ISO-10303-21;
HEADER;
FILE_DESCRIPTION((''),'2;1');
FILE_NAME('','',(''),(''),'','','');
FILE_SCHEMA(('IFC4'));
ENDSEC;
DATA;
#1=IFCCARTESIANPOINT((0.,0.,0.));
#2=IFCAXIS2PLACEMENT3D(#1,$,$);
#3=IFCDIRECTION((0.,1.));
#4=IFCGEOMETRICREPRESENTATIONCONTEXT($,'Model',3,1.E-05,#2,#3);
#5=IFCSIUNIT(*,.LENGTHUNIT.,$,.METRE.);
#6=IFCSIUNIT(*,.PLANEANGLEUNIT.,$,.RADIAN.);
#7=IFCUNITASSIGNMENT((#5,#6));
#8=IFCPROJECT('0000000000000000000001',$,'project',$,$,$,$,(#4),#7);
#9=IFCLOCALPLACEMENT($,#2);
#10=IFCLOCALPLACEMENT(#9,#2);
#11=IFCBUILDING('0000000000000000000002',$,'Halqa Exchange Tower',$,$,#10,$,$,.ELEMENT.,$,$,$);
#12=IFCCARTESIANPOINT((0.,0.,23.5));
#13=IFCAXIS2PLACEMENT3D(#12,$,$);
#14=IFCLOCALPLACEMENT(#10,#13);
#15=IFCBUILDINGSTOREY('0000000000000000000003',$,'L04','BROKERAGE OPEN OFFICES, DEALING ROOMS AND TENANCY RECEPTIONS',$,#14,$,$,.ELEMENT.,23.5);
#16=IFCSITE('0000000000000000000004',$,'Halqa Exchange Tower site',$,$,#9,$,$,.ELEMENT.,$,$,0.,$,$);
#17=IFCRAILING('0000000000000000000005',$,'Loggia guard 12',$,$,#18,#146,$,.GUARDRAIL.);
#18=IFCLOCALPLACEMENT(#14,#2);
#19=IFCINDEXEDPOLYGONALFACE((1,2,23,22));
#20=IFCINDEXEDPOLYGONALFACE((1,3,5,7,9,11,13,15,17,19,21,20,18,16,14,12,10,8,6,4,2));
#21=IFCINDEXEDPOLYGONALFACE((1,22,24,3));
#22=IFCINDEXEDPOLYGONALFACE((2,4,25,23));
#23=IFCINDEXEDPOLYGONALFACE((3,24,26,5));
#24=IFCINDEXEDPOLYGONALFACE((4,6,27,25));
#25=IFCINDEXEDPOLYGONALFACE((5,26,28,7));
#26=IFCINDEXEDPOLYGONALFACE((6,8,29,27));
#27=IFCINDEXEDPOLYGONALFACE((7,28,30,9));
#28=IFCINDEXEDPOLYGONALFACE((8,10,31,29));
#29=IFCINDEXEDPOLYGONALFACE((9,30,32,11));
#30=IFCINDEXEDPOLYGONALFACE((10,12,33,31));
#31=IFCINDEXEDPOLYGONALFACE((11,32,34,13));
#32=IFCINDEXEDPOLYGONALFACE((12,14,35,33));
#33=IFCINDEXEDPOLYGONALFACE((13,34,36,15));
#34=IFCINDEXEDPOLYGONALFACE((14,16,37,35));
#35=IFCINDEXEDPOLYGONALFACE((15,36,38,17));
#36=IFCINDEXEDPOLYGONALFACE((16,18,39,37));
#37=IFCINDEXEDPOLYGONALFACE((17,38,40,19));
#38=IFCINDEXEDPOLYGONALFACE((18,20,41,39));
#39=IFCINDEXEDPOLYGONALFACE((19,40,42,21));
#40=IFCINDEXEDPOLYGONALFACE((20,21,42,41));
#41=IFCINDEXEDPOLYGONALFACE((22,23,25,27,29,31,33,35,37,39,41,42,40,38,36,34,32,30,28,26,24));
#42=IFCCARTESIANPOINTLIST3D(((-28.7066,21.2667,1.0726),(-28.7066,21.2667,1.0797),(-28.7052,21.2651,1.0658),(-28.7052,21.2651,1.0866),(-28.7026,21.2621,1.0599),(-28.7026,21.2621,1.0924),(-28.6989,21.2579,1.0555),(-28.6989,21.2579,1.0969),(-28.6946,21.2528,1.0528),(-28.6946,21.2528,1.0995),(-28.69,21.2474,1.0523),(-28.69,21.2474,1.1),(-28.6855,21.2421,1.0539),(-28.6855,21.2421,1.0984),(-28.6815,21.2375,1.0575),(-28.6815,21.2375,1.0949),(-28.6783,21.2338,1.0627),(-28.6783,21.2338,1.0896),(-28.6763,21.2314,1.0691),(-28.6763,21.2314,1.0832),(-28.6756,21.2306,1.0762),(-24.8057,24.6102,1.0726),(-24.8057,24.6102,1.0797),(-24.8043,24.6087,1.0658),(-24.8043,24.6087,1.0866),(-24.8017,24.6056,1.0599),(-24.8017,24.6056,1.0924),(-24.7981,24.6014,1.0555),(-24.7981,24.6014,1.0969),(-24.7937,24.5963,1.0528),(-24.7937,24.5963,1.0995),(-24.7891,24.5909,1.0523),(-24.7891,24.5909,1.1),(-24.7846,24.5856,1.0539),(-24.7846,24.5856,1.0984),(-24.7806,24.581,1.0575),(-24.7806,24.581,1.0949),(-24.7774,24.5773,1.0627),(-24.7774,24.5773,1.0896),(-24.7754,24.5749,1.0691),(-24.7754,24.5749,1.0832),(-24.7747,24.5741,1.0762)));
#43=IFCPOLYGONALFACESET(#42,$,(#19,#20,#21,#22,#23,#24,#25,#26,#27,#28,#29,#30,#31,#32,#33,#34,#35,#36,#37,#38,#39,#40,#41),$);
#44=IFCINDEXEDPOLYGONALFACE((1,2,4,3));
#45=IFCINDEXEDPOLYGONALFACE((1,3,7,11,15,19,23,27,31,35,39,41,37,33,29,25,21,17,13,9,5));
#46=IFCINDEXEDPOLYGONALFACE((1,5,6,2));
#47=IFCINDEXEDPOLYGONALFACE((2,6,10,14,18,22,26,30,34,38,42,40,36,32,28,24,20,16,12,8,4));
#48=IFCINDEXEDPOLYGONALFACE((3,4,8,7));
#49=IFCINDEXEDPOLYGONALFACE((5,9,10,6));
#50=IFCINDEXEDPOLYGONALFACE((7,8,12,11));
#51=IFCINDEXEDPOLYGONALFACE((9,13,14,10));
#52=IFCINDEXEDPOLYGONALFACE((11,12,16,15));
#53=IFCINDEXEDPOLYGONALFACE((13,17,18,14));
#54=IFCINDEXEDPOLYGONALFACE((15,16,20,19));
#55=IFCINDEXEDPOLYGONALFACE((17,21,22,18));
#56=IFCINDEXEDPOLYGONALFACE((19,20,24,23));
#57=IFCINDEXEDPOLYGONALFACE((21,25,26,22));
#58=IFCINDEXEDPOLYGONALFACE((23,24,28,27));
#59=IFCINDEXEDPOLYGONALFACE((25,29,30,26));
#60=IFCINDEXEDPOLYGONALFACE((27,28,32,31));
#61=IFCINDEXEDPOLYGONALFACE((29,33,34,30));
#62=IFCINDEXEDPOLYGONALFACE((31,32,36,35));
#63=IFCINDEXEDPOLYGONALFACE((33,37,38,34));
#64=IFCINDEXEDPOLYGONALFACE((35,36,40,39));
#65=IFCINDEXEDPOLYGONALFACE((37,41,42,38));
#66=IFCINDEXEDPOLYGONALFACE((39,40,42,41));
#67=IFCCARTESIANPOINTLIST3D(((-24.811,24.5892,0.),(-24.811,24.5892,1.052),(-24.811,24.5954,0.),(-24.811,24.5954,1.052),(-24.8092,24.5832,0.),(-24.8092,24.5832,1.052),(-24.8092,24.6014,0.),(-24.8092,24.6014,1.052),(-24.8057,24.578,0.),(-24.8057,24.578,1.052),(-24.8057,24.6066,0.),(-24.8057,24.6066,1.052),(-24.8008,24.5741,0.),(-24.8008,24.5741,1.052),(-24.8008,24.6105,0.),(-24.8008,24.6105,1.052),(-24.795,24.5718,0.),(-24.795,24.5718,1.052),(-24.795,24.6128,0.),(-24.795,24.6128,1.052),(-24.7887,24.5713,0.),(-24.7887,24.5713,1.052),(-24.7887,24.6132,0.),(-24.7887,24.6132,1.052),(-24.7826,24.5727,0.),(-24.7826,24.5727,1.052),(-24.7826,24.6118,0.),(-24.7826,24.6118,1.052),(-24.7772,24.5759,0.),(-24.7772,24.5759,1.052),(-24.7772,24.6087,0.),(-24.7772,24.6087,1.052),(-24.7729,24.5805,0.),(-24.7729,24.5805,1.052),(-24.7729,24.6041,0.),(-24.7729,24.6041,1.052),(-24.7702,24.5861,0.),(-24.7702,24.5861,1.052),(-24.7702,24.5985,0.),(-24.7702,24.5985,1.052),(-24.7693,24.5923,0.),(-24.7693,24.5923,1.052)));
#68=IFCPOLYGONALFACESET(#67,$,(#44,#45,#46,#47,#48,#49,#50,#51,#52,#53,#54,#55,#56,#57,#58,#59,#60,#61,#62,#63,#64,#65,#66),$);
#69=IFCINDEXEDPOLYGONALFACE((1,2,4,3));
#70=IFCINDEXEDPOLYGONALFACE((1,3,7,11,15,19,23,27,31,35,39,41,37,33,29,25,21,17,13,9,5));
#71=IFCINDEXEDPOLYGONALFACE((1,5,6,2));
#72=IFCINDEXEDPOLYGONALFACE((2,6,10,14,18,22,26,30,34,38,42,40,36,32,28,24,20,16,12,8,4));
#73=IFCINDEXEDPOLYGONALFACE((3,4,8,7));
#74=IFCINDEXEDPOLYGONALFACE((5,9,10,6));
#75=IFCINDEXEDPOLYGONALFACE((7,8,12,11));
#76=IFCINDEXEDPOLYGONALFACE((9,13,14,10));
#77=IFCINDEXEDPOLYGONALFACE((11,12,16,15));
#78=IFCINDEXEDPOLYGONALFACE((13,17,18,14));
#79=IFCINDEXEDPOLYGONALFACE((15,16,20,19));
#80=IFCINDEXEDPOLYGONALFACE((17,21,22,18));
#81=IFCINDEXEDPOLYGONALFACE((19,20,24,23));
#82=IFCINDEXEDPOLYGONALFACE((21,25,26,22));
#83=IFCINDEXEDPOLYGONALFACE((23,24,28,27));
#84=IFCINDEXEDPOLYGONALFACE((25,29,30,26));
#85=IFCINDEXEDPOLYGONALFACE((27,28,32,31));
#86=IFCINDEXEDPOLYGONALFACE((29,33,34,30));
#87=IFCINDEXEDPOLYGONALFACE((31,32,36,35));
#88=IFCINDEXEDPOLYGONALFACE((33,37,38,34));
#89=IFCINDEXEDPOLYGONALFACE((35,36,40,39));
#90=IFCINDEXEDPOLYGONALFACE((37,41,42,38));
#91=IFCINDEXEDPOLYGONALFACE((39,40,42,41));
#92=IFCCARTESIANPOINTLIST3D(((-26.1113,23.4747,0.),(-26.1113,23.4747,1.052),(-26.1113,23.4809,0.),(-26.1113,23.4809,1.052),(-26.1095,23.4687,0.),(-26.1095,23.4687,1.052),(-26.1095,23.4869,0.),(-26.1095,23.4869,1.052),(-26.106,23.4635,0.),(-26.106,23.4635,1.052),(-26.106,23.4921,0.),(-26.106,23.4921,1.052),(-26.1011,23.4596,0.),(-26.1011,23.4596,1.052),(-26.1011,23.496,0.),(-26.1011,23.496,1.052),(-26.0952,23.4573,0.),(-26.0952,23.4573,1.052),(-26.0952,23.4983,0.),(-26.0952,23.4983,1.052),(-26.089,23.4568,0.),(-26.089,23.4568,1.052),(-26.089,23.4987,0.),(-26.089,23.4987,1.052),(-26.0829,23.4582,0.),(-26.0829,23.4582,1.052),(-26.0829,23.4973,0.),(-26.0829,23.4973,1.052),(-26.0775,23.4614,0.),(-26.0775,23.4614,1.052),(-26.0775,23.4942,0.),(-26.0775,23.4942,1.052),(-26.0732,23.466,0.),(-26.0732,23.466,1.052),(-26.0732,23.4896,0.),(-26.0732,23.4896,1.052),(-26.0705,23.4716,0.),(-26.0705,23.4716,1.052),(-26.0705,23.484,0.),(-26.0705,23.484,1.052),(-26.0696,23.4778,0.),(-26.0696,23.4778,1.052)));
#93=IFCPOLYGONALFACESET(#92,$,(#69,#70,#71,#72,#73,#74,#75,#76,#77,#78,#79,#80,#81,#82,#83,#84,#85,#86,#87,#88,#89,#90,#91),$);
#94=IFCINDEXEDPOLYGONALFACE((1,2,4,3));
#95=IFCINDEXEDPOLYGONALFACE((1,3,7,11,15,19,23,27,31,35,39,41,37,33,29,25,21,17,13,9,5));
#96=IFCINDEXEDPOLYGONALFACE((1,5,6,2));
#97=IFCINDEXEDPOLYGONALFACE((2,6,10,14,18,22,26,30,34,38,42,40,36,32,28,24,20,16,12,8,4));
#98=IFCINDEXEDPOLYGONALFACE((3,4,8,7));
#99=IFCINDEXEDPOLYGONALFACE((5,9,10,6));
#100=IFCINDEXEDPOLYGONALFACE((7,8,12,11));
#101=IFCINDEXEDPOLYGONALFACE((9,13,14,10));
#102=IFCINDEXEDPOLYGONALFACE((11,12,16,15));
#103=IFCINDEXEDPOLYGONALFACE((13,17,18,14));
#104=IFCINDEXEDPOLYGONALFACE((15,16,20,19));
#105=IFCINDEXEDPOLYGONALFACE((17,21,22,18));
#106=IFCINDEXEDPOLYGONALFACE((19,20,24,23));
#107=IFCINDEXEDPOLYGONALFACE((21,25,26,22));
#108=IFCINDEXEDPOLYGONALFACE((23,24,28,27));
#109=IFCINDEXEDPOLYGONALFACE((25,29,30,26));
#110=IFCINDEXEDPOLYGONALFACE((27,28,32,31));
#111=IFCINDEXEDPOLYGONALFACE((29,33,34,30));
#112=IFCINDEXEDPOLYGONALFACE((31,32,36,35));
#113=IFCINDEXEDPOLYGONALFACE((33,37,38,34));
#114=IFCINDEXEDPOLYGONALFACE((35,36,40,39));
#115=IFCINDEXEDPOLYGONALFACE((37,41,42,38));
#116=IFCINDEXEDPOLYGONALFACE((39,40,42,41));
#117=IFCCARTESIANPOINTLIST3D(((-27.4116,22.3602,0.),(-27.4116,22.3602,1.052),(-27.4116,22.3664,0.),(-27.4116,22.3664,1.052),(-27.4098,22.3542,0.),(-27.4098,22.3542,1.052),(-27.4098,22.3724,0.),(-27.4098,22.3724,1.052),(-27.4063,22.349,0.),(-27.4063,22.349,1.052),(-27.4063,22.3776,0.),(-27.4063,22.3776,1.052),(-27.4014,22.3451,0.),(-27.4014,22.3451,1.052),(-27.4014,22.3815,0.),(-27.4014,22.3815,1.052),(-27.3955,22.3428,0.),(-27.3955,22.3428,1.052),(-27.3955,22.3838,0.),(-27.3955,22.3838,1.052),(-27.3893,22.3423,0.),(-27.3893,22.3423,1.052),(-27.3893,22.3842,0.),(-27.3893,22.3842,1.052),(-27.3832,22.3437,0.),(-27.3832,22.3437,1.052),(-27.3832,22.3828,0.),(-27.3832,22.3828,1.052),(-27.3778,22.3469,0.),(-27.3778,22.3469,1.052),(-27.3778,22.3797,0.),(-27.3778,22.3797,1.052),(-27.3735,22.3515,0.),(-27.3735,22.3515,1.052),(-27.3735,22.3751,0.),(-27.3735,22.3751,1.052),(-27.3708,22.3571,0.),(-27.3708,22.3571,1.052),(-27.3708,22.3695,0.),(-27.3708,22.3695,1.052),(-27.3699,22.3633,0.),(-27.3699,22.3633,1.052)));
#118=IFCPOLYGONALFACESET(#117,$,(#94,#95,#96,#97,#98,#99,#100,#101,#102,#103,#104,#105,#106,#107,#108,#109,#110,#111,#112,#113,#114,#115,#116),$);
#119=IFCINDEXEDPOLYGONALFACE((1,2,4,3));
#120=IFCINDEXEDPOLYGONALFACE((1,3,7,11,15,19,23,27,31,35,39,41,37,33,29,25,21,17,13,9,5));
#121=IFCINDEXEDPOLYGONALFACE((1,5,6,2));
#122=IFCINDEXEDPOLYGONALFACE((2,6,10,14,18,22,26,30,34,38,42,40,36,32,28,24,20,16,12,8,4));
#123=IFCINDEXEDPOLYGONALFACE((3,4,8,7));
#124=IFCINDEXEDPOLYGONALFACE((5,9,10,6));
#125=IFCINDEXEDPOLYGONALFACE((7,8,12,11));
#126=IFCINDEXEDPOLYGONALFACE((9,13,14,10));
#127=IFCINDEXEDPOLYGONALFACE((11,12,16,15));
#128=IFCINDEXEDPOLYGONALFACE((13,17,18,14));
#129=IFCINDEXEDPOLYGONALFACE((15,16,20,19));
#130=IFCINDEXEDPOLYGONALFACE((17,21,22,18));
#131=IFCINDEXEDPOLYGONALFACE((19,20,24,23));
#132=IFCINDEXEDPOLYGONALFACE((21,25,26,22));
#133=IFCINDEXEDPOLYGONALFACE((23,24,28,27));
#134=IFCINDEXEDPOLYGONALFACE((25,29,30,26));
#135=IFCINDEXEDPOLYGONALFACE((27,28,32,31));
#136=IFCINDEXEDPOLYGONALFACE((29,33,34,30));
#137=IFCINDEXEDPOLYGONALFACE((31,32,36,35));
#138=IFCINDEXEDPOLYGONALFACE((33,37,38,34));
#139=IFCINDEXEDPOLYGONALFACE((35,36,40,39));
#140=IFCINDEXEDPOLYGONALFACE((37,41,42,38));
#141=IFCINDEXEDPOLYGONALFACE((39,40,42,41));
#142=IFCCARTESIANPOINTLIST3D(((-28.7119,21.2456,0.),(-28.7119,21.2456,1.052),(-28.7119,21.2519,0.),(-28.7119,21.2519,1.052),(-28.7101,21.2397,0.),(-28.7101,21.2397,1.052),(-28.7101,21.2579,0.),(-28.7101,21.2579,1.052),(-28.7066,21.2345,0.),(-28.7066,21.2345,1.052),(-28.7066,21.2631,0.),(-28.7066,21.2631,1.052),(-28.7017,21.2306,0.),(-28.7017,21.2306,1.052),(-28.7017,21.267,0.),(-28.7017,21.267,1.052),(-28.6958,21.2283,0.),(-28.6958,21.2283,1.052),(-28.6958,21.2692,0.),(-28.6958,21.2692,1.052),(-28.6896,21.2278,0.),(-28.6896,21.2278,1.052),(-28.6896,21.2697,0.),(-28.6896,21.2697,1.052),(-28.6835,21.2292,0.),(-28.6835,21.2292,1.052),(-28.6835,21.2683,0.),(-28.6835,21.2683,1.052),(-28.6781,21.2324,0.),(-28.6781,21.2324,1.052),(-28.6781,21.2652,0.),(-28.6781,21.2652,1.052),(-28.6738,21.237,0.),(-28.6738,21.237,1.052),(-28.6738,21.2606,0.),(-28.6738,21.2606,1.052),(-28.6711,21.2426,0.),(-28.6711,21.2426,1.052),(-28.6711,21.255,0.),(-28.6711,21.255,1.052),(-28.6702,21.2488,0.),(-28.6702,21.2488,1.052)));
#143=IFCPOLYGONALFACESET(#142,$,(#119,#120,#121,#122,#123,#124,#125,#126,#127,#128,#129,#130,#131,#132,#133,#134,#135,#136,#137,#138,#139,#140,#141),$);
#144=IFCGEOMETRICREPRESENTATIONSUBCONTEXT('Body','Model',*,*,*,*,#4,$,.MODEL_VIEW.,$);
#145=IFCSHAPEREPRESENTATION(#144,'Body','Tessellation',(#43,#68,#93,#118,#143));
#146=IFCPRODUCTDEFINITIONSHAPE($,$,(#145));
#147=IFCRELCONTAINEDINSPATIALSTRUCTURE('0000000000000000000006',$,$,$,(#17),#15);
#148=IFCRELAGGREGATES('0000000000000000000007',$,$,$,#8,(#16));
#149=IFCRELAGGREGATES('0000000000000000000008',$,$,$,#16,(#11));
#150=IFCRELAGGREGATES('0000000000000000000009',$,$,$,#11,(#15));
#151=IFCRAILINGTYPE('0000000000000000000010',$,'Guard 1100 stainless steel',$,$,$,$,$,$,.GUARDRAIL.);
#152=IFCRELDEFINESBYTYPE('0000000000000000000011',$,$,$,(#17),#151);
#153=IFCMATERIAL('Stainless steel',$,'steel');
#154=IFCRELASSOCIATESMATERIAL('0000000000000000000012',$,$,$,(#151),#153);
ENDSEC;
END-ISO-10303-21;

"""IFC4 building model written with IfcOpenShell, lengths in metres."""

from ifc_helpers import new_model, si_unit, direction, frame, origin, origin_2d, place, context, subcontext, project, spatial, circle, extrude, material, type_object, element, save


model = new_model("IFC4")

# Units and contexts
model_context = context("Model", 3, precision=1e-05, world=origin(), true_north=direction((0.0, 1.0)))
body_context = subcontext(model_context, "Body", "Model", "MODEL_VIEW")
ifc_project = project(units=[si_unit("LENGTHUNIT", "METRE"), si_unit("PLANEANGLEUNIT", "RADIAN")], contexts=[model_context])

# Site, building, storey
site_placement = place(None, origin())
site = spatial("IfcSite", under=ifc_project, at=site_placement, Name="Halqa Exchange Tower site", CompositionType="ELEMENT", RefElevation=0.0)
building_placement = place(site_placement, origin())
building = spatial("IfcBuilding", under=site, at=building_placement, Name="Halqa Exchange Tower", CompositionType="ELEMENT")
storey_placement = place(building_placement, frame((0.0, 0.0, 23.5)))
storey = spatial("IfcBuildingStorey", under=building, at=storey_placement, Name="L04", Description="BROKERAGE OPEN OFFICES, DEALING ROOMS AND TENANCY RECEPTIONS", CompositionType="ELEMENT", Elevation=23.5)

# Railing
ifc_material_1 = material(Name="Stainless steel", Category="steel")
railing_type = type_object("IfcRailingType", Name="Guard 1100 stainless steel", PredefinedType="GUARDRAIL", material=ifc_material_1)
railing_1_placement = place(storey_placement, frame((-24.7903, 24.5923, 0.0)))
element("IfcRailing", 1, at=railing_1_placement, inside=storey, type_object=railing_type, Name="Loggia guard 12", PredefinedType="GUARDRAIL", context=body_context, shape_type="SweptSolid", body=[
    extrude(circle(Radius=0.0239, at=origin_2d()), frame((0.0, 0.0, 1.0762), z_axis=(-0.759267, -0.65078, 0.0), x_axis=(0.65078, -0.759267, 0.0)), (0.0, 0.0, 1.0), 5.1377),
    extrude(circle(Radius=0.021, at=origin_2d()), origin(), (0.0, 0.0, 1.0), 1.052),
    extrude(circle(Radius=0.021, at=origin_2d()), frame((-1.3003, -1.1145, 0.0)), (0.0, 0.0, 1.0), 1.052),
    extrude(circle(Radius=0.021, at=origin_2d()), frame((-2.6006, -2.229, 0.0)), (0.0, 0.0, 1.0), 1.052),
    extrude(circle(Radius=0.021, at=origin_2d()), frame((-3.9009, -3.3435, 0.0)), (0.0, 0.0, 1.0), 1.052),
])

save(model, "model.ifc")
